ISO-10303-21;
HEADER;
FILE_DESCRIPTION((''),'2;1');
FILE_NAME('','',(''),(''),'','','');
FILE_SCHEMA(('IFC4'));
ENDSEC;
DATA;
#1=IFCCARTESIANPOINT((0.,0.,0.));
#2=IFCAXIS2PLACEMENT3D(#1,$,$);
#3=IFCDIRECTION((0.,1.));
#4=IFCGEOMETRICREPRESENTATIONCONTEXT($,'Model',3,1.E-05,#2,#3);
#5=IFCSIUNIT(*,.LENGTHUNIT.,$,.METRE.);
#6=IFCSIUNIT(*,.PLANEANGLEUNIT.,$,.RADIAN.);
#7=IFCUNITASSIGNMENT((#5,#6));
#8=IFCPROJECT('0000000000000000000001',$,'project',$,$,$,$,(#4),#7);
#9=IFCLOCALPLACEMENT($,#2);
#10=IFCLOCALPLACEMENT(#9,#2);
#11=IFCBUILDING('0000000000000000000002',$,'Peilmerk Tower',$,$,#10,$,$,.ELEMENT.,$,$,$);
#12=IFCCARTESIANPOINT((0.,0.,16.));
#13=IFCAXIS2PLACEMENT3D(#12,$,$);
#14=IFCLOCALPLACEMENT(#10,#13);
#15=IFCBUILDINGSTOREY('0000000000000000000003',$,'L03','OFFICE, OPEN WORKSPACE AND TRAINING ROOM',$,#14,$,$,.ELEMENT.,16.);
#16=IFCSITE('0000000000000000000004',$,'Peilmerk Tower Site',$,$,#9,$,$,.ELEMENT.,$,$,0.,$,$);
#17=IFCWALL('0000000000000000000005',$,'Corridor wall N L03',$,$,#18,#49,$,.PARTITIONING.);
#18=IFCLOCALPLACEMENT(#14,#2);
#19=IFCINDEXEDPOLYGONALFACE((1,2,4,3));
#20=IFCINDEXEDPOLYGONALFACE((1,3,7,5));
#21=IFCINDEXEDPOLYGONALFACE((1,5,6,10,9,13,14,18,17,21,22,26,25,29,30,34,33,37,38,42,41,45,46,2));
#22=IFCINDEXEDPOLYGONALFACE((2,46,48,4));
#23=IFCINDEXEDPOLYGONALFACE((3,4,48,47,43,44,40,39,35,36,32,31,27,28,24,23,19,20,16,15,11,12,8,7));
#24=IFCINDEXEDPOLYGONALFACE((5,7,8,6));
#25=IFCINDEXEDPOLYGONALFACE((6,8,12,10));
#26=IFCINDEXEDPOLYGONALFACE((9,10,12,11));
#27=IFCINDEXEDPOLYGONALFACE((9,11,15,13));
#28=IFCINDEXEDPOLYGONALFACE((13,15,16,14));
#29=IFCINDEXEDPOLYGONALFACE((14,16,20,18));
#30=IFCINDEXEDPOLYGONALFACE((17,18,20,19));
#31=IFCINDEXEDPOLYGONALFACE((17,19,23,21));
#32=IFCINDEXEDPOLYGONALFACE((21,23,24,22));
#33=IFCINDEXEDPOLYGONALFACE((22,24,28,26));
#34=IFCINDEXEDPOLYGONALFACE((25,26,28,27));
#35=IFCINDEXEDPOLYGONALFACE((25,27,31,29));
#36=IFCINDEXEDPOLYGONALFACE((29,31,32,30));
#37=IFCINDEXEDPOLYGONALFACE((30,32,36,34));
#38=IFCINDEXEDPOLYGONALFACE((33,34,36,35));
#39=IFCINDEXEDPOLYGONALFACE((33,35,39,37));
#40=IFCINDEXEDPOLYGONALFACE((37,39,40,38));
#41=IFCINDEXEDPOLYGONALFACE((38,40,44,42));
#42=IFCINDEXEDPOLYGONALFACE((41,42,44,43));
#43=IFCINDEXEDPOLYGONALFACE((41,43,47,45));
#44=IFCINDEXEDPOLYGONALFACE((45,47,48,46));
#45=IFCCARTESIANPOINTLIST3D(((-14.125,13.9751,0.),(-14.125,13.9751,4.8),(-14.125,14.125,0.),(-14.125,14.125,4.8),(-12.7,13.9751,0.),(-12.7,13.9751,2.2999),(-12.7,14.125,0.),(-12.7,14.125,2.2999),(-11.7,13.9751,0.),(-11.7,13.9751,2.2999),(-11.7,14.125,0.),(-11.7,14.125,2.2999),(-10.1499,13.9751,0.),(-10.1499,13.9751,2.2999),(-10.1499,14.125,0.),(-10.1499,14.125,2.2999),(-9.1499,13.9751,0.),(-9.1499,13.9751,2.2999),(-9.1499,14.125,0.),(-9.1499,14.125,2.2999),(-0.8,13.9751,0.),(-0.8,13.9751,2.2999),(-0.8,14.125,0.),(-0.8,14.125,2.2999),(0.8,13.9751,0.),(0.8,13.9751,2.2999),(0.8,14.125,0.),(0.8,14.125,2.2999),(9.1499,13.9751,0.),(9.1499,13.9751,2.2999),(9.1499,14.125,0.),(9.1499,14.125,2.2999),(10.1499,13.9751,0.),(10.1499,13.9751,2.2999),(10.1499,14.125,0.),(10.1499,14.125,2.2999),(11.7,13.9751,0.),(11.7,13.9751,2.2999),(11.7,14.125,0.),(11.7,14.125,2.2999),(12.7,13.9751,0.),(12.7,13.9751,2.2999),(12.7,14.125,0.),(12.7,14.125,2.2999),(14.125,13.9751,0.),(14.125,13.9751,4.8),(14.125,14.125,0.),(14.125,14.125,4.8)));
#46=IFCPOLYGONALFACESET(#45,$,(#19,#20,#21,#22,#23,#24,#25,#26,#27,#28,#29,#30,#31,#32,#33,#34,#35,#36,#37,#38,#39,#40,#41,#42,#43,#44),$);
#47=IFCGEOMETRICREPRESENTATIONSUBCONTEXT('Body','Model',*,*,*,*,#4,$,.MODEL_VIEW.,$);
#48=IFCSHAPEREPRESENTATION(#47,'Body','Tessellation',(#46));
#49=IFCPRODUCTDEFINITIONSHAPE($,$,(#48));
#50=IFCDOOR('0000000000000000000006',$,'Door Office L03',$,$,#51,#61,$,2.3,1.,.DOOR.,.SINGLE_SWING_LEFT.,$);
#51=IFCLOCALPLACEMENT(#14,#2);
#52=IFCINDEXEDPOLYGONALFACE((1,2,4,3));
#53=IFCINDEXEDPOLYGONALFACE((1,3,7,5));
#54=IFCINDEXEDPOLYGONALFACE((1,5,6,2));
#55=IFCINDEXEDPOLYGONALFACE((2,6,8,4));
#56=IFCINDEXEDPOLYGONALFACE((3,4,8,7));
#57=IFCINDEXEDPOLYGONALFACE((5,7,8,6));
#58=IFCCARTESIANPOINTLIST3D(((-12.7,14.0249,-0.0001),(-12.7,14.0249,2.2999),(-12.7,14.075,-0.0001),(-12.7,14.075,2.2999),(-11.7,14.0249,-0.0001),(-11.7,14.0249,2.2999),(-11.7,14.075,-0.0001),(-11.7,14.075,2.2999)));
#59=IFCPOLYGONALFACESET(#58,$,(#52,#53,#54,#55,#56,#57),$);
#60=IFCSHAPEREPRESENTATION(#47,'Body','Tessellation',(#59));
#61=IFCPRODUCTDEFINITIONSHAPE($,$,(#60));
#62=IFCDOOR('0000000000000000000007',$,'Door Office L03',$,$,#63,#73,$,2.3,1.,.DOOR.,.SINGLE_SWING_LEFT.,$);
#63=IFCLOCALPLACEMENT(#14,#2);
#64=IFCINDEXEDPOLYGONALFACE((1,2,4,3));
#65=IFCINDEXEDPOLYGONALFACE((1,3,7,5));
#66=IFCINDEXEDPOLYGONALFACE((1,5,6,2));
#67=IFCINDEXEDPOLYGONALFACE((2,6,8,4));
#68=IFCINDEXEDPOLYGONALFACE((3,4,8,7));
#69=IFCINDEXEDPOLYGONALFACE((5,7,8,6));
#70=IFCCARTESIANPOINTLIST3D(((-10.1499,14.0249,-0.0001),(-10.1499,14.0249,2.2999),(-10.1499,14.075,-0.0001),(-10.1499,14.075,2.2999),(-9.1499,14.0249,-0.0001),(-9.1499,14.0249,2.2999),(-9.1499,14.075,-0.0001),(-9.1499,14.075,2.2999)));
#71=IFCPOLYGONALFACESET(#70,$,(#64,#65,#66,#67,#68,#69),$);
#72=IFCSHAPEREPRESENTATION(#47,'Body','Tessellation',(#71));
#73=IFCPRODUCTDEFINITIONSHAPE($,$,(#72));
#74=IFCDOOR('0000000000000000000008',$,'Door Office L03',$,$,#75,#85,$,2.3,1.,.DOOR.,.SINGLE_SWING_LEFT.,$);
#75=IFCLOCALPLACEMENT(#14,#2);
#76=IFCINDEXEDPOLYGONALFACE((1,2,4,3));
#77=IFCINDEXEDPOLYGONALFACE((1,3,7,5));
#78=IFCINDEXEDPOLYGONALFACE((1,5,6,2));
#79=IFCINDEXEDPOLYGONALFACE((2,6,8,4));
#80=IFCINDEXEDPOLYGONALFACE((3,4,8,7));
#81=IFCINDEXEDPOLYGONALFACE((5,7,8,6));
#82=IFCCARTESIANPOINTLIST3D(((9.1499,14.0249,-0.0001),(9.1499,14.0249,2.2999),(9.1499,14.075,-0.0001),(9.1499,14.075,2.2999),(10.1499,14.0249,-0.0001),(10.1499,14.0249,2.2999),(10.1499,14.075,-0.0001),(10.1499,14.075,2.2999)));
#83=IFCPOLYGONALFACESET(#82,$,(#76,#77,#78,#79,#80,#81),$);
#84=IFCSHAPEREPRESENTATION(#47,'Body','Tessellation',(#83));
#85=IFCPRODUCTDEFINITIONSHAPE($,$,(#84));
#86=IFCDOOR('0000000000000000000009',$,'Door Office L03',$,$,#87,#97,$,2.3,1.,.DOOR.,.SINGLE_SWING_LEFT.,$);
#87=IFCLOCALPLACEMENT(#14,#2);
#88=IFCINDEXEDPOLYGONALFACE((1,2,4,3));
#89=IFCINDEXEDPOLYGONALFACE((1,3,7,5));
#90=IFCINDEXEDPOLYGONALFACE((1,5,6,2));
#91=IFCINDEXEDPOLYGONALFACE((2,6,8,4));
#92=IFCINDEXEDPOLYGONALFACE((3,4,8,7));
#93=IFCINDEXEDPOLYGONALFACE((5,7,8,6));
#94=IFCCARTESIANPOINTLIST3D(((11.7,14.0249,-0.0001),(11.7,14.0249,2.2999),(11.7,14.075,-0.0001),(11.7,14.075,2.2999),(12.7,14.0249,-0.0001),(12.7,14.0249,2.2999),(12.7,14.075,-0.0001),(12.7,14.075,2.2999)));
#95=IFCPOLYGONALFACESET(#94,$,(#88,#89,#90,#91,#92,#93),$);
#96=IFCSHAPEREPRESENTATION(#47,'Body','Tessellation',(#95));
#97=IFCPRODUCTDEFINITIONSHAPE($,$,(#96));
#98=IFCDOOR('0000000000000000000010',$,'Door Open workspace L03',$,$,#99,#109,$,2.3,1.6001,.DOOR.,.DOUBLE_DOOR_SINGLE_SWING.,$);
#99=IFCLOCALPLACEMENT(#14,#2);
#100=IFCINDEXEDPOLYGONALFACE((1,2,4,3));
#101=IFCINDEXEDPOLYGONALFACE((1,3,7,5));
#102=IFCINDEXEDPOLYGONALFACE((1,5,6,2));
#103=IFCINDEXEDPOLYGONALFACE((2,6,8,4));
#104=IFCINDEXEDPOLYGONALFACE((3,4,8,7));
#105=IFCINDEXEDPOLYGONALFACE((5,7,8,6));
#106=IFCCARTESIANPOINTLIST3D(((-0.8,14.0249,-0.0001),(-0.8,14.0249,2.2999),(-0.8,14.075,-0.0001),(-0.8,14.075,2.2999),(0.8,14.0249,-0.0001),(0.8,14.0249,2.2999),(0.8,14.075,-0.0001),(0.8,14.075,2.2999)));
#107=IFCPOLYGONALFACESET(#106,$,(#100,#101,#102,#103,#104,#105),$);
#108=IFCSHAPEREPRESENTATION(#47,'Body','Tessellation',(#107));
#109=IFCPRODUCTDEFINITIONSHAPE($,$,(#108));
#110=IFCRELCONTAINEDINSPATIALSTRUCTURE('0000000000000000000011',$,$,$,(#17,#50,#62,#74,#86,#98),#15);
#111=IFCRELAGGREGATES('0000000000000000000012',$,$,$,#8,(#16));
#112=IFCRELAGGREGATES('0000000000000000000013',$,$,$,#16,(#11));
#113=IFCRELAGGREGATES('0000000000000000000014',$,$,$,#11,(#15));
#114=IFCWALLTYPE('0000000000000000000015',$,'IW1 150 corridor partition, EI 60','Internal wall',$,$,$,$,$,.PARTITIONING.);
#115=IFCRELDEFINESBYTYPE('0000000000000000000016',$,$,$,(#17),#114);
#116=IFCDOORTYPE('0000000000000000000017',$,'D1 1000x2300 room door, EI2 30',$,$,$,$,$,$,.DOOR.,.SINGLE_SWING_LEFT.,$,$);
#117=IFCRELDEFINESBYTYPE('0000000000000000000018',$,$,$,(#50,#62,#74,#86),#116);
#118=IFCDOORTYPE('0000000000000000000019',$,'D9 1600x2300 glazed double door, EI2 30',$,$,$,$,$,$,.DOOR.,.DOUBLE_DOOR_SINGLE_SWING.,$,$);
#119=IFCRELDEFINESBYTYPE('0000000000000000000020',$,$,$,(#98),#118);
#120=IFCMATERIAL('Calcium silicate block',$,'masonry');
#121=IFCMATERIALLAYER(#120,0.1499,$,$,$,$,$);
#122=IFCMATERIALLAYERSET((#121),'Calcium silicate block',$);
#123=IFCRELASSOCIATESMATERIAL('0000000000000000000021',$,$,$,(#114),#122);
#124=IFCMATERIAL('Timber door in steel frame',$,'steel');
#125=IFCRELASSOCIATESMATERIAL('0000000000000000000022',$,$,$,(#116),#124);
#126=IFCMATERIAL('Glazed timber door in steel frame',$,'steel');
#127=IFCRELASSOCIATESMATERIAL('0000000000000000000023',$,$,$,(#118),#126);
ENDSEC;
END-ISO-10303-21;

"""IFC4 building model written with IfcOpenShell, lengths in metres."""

from ifc_helpers import new_model, si_unit, direction, frame, frame_2d, origin, place, context, subcontext, project, spatial, rectangle, extrude, material, layer, layer_set, type_object, element, fill, save


model = new_model("IFC4")

# Units and contexts
model_context = context("Model", 3, precision=1e-05, world=origin(), true_north=direction((0.0, 1.0)))
body_context = subcontext(model_context, "Body", "Model", "MODEL_VIEW")
ifc_project = project(units=[si_unit("LENGTHUNIT", "METRE"), si_unit("PLANEANGLEUNIT", "RADIAN")], contexts=[model_context])

# Site, building, storey
site_placement = place(None, origin())
site = spatial("IfcSite", under=ifc_project, at=site_placement, Name="Peilmerk Tower Site", CompositionType="ELEMENT", RefElevation=0.0)
building_placement = place(site_placement, origin())
building = spatial("IfcBuilding", under=site, at=building_placement, Name="Peilmerk Tower", CompositionType="ELEMENT")
storey_placement = place(building_placement, frame((0.0, 0.0, 16.0)))
storey = spatial("IfcBuildingStorey", under=building, at=storey_placement, Name="L03", Description="OFFICE, OPEN WORKSPACE AND TRAINING ROOM", CompositionType="ELEMENT", Elevation=16.0)

# Wall, openings, doors
ifc_material_1 = material(Name="Calcium silicate block", Category="masonry")
ifc_layer_1 = layer(ifc_material_1, 0.1499)
ifc_layer_set_1 = layer_set([ifc_layer_1], Name="Calcium silicate block")
wall_type_1 = type_object("IfcWallType", Name="IW1 150 corridor partition, EI 60", Description="Internal wall", PredefinedType="PARTITIONING", material=ifc_layer_set_1)
wall_1_placement = place(storey_placement, frame((-14.125, 14.05, 0.0), z_axis=(0.0, 0.0, 1.0), x_axis=(1.0, 0.0, 0.0)))
wall_1 = element("IfcWall", 1, at=wall_1_placement, inside=storey, type_object=wall_type_1, Name="Corridor wall N L03", PredefinedType="PARTITIONING", context=body_context, shape_type="SweptSolid", body=[
    extrude(rectangle(XDim=28.25, YDim=0.1499, at=frame_2d((14.125, 0.0))), origin(), (0.0, 0.0, 1.0), 4.8),
])
opening_1_placement = place(wall_1_placement, frame((1.425, 0.0, 0.0)))
opening_1 = element("IfcOpeningElement", 2, at=opening_1_placement, cuts=wall_1, PredefinedType="OPENING", context=body_context, shape_type="SweptSolid", body=[
    extrude(rectangle(XDim=1.0, YDim=2.3, at=frame_2d((0.5, 1.1499))), frame((0.0, 0.085, 0.0), z_axis=(0.0, -1.0, 0.0), x_axis=(1.0, 0.0, 0.0)), (0.0, 0.0, 1.0), 0.1699),
])
opening_2_placement = place(wall_1_placement, frame((3.9751, 0.0, 0.0)))
opening_2 = element("IfcOpeningElement", 3, at=opening_2_placement, cuts=wall_1, PredefinedType="OPENING", context=body_context, shape_type="SweptSolid", body=[
    extrude(rectangle(XDim=1.0, YDim=2.3, at=frame_2d((0.5, 1.1499))), frame((0.0, 0.085, 0.0), z_axis=(0.0, -1.0, 0.0), x_axis=(1.0, 0.0, 0.0)), (0.0, 0.0, 1.0), 0.1699),
])
opening_3_placement = place(wall_1_placement, frame((13.325, 0.0, 0.0)))
opening_3 = element("IfcOpeningElement", 4, at=opening_3_placement, cuts=wall_1, PredefinedType="OPENING", context=body_context, shape_type="SweptSolid", body=[
    extrude(rectangle(XDim=1.6001, YDim=2.3, at=frame_2d((0.8, 1.1499))), frame((0.0, 0.085, 0.0), z_axis=(0.0, -1.0, 0.0), x_axis=(1.0, 0.0, 0.0)), (0.0, 0.0, 1.0), 0.1699),
])
opening_4_placement = place(wall_1_placement, frame((23.2749, 0.0, 0.0)))
opening_4 = element("IfcOpeningElement", 5, at=opening_4_placement, cuts=wall_1, PredefinedType="OPENING", context=body_context, shape_type="SweptSolid", body=[
    extrude(rectangle(XDim=1.0, YDim=2.3, at=frame_2d((0.5, 1.1499))), frame((0.0, 0.085, 0.0), z_axis=(0.0, -1.0, 0.0), x_axis=(1.0, 0.0, 0.0)), (0.0, 0.0, 1.0), 0.1699),
])
opening_5_placement = place(wall_1_placement, frame((25.825, 0.0, 0.0)))
opening_5 = element("IfcOpeningElement", 6, at=opening_5_placement, cuts=wall_1, PredefinedType="OPENING", context=body_context, shape_type="SweptSolid", body=[
    extrude(rectangle(XDim=1.0, YDim=2.3, at=frame_2d((0.5, 1.1499))), frame((0.0, 0.085, 0.0), z_axis=(0.0, -1.0, 0.0), x_axis=(1.0, 0.0, 0.0)), (0.0, 0.0, 1.0), 0.1699),
])
ifc_material_2 = material(Name="Timber door in steel frame", Category="steel")
door_type_1 = type_object("IfcDoorType", Name="D1 1000x2300 room door, EI2 30", OperationType="SINGLE_SWING_LEFT", PredefinedType="DOOR", material=ifc_material_2)
door_1_placement = place(opening_1_placement, origin())
door_1 = element("IfcDoor", 7, at=door_1_placement, inside=storey, type_object=door_type_1, Name="Door Office L03", OperationType="SINGLE_SWING_LEFT", OverallHeight=2.3, OverallWidth=1.0, PredefinedType="DOOR", context=body_context, shape_type="SweptSolid", body=[
    extrude(rectangle(XDim=1.0, YDim=2.3, at=frame_2d((0.5, 1.1499))), frame((0.0, 0.0249, 0.0), z_axis=(0.0, -1.0, 0.0), x_axis=(1.0, 0.0, 0.0)), (0.0, 0.0, 1.0), 0.05),
])
fill(opening_1, door_1)
door_2_placement = place(opening_2_placement, origin())
door_2 = element("IfcDoor", 8, at=door_2_placement, inside=storey, type_object=door_type_1, Name="Door Office L03", OperationType="SINGLE_SWING_LEFT", OverallHeight=2.3, OverallWidth=1.0, PredefinedType="DOOR", context=body_context, shape_type="SweptSolid", body=[
    extrude(rectangle(XDim=1.0, YDim=2.3, at=frame_2d((0.5, 1.1499))), frame((0.0, 0.0249, 0.0), z_axis=(0.0, -1.0, 0.0), x_axis=(1.0, 0.0, 0.0)), (0.0, 0.0, 1.0), 0.05),
])
fill(opening_2, door_2)
door_3_placement = place(opening_4_placement, origin())
door_3 = element("IfcDoor", 9, at=door_3_placement, inside=storey, type_object=door_type_1, Name="Door Office L03", OperationType="SINGLE_SWING_LEFT", OverallHeight=2.3, OverallWidth=1.0, PredefinedType="DOOR", context=body_context, shape_type="SweptSolid", body=[
    extrude(rectangle(XDim=1.0, YDim=2.3, at=frame_2d((0.5, 1.1499))), frame((0.0, 0.0249, 0.0), z_axis=(0.0, -1.0, 0.0), x_axis=(1.0, 0.0, 0.0)), (0.0, 0.0, 1.0), 0.05),
])
fill(opening_4, door_3)
door_4_placement = place(opening_5_placement, origin())
door_4 = element("IfcDoor", 10, at=door_4_placement, inside=storey, type_object=door_type_1, Name="Door Office L03", OperationType="SINGLE_SWING_LEFT", OverallHeight=2.3, OverallWidth=1.0, PredefinedType="DOOR", context=body_context, shape_type="SweptSolid", body=[
    extrude(rectangle(XDim=1.0, YDim=2.3, at=frame_2d((0.5, 1.1499))), frame((0.0, 0.0249, 0.0), z_axis=(0.0, -1.0, 0.0), x_axis=(1.0, 0.0, 0.0)), (0.0, 0.0, 1.0), 0.05),
])
fill(opening_5, door_4)
ifc_material_3 = material(Name="Glazed timber door in steel frame", Category="steel")
door_type_2 = type_object("IfcDoorType", Name="D9 1600x2300 glazed double door, EI2 30", OperationType="DOUBLE_DOOR_SINGLE_SWING", PredefinedType="DOOR", material=ifc_material_3)
door_5_placement = place(opening_3_placement, origin())
door_5 = element("IfcDoor", 11, at=door_5_placement, inside=storey, type_object=door_type_2, Name="Door Open workspace L03", OperationType="DOUBLE_DOOR_SINGLE_SWING", OverallHeight=2.3, OverallWidth=1.6001, PredefinedType="DOOR", context=body_context, shape_type="SweptSolid", body=[
    extrude(rectangle(XDim=1.6001, YDim=2.3, at=frame_2d((0.8, 1.1499))), frame((0.0, 0.0249, 0.0), z_axis=(0.0, -1.0, 0.0), x_axis=(1.0, 0.0, 0.0)), (0.0, 0.0, 1.0), 0.05),
])
fill(opening_3, door_5)

save(model, "model.ifc")
